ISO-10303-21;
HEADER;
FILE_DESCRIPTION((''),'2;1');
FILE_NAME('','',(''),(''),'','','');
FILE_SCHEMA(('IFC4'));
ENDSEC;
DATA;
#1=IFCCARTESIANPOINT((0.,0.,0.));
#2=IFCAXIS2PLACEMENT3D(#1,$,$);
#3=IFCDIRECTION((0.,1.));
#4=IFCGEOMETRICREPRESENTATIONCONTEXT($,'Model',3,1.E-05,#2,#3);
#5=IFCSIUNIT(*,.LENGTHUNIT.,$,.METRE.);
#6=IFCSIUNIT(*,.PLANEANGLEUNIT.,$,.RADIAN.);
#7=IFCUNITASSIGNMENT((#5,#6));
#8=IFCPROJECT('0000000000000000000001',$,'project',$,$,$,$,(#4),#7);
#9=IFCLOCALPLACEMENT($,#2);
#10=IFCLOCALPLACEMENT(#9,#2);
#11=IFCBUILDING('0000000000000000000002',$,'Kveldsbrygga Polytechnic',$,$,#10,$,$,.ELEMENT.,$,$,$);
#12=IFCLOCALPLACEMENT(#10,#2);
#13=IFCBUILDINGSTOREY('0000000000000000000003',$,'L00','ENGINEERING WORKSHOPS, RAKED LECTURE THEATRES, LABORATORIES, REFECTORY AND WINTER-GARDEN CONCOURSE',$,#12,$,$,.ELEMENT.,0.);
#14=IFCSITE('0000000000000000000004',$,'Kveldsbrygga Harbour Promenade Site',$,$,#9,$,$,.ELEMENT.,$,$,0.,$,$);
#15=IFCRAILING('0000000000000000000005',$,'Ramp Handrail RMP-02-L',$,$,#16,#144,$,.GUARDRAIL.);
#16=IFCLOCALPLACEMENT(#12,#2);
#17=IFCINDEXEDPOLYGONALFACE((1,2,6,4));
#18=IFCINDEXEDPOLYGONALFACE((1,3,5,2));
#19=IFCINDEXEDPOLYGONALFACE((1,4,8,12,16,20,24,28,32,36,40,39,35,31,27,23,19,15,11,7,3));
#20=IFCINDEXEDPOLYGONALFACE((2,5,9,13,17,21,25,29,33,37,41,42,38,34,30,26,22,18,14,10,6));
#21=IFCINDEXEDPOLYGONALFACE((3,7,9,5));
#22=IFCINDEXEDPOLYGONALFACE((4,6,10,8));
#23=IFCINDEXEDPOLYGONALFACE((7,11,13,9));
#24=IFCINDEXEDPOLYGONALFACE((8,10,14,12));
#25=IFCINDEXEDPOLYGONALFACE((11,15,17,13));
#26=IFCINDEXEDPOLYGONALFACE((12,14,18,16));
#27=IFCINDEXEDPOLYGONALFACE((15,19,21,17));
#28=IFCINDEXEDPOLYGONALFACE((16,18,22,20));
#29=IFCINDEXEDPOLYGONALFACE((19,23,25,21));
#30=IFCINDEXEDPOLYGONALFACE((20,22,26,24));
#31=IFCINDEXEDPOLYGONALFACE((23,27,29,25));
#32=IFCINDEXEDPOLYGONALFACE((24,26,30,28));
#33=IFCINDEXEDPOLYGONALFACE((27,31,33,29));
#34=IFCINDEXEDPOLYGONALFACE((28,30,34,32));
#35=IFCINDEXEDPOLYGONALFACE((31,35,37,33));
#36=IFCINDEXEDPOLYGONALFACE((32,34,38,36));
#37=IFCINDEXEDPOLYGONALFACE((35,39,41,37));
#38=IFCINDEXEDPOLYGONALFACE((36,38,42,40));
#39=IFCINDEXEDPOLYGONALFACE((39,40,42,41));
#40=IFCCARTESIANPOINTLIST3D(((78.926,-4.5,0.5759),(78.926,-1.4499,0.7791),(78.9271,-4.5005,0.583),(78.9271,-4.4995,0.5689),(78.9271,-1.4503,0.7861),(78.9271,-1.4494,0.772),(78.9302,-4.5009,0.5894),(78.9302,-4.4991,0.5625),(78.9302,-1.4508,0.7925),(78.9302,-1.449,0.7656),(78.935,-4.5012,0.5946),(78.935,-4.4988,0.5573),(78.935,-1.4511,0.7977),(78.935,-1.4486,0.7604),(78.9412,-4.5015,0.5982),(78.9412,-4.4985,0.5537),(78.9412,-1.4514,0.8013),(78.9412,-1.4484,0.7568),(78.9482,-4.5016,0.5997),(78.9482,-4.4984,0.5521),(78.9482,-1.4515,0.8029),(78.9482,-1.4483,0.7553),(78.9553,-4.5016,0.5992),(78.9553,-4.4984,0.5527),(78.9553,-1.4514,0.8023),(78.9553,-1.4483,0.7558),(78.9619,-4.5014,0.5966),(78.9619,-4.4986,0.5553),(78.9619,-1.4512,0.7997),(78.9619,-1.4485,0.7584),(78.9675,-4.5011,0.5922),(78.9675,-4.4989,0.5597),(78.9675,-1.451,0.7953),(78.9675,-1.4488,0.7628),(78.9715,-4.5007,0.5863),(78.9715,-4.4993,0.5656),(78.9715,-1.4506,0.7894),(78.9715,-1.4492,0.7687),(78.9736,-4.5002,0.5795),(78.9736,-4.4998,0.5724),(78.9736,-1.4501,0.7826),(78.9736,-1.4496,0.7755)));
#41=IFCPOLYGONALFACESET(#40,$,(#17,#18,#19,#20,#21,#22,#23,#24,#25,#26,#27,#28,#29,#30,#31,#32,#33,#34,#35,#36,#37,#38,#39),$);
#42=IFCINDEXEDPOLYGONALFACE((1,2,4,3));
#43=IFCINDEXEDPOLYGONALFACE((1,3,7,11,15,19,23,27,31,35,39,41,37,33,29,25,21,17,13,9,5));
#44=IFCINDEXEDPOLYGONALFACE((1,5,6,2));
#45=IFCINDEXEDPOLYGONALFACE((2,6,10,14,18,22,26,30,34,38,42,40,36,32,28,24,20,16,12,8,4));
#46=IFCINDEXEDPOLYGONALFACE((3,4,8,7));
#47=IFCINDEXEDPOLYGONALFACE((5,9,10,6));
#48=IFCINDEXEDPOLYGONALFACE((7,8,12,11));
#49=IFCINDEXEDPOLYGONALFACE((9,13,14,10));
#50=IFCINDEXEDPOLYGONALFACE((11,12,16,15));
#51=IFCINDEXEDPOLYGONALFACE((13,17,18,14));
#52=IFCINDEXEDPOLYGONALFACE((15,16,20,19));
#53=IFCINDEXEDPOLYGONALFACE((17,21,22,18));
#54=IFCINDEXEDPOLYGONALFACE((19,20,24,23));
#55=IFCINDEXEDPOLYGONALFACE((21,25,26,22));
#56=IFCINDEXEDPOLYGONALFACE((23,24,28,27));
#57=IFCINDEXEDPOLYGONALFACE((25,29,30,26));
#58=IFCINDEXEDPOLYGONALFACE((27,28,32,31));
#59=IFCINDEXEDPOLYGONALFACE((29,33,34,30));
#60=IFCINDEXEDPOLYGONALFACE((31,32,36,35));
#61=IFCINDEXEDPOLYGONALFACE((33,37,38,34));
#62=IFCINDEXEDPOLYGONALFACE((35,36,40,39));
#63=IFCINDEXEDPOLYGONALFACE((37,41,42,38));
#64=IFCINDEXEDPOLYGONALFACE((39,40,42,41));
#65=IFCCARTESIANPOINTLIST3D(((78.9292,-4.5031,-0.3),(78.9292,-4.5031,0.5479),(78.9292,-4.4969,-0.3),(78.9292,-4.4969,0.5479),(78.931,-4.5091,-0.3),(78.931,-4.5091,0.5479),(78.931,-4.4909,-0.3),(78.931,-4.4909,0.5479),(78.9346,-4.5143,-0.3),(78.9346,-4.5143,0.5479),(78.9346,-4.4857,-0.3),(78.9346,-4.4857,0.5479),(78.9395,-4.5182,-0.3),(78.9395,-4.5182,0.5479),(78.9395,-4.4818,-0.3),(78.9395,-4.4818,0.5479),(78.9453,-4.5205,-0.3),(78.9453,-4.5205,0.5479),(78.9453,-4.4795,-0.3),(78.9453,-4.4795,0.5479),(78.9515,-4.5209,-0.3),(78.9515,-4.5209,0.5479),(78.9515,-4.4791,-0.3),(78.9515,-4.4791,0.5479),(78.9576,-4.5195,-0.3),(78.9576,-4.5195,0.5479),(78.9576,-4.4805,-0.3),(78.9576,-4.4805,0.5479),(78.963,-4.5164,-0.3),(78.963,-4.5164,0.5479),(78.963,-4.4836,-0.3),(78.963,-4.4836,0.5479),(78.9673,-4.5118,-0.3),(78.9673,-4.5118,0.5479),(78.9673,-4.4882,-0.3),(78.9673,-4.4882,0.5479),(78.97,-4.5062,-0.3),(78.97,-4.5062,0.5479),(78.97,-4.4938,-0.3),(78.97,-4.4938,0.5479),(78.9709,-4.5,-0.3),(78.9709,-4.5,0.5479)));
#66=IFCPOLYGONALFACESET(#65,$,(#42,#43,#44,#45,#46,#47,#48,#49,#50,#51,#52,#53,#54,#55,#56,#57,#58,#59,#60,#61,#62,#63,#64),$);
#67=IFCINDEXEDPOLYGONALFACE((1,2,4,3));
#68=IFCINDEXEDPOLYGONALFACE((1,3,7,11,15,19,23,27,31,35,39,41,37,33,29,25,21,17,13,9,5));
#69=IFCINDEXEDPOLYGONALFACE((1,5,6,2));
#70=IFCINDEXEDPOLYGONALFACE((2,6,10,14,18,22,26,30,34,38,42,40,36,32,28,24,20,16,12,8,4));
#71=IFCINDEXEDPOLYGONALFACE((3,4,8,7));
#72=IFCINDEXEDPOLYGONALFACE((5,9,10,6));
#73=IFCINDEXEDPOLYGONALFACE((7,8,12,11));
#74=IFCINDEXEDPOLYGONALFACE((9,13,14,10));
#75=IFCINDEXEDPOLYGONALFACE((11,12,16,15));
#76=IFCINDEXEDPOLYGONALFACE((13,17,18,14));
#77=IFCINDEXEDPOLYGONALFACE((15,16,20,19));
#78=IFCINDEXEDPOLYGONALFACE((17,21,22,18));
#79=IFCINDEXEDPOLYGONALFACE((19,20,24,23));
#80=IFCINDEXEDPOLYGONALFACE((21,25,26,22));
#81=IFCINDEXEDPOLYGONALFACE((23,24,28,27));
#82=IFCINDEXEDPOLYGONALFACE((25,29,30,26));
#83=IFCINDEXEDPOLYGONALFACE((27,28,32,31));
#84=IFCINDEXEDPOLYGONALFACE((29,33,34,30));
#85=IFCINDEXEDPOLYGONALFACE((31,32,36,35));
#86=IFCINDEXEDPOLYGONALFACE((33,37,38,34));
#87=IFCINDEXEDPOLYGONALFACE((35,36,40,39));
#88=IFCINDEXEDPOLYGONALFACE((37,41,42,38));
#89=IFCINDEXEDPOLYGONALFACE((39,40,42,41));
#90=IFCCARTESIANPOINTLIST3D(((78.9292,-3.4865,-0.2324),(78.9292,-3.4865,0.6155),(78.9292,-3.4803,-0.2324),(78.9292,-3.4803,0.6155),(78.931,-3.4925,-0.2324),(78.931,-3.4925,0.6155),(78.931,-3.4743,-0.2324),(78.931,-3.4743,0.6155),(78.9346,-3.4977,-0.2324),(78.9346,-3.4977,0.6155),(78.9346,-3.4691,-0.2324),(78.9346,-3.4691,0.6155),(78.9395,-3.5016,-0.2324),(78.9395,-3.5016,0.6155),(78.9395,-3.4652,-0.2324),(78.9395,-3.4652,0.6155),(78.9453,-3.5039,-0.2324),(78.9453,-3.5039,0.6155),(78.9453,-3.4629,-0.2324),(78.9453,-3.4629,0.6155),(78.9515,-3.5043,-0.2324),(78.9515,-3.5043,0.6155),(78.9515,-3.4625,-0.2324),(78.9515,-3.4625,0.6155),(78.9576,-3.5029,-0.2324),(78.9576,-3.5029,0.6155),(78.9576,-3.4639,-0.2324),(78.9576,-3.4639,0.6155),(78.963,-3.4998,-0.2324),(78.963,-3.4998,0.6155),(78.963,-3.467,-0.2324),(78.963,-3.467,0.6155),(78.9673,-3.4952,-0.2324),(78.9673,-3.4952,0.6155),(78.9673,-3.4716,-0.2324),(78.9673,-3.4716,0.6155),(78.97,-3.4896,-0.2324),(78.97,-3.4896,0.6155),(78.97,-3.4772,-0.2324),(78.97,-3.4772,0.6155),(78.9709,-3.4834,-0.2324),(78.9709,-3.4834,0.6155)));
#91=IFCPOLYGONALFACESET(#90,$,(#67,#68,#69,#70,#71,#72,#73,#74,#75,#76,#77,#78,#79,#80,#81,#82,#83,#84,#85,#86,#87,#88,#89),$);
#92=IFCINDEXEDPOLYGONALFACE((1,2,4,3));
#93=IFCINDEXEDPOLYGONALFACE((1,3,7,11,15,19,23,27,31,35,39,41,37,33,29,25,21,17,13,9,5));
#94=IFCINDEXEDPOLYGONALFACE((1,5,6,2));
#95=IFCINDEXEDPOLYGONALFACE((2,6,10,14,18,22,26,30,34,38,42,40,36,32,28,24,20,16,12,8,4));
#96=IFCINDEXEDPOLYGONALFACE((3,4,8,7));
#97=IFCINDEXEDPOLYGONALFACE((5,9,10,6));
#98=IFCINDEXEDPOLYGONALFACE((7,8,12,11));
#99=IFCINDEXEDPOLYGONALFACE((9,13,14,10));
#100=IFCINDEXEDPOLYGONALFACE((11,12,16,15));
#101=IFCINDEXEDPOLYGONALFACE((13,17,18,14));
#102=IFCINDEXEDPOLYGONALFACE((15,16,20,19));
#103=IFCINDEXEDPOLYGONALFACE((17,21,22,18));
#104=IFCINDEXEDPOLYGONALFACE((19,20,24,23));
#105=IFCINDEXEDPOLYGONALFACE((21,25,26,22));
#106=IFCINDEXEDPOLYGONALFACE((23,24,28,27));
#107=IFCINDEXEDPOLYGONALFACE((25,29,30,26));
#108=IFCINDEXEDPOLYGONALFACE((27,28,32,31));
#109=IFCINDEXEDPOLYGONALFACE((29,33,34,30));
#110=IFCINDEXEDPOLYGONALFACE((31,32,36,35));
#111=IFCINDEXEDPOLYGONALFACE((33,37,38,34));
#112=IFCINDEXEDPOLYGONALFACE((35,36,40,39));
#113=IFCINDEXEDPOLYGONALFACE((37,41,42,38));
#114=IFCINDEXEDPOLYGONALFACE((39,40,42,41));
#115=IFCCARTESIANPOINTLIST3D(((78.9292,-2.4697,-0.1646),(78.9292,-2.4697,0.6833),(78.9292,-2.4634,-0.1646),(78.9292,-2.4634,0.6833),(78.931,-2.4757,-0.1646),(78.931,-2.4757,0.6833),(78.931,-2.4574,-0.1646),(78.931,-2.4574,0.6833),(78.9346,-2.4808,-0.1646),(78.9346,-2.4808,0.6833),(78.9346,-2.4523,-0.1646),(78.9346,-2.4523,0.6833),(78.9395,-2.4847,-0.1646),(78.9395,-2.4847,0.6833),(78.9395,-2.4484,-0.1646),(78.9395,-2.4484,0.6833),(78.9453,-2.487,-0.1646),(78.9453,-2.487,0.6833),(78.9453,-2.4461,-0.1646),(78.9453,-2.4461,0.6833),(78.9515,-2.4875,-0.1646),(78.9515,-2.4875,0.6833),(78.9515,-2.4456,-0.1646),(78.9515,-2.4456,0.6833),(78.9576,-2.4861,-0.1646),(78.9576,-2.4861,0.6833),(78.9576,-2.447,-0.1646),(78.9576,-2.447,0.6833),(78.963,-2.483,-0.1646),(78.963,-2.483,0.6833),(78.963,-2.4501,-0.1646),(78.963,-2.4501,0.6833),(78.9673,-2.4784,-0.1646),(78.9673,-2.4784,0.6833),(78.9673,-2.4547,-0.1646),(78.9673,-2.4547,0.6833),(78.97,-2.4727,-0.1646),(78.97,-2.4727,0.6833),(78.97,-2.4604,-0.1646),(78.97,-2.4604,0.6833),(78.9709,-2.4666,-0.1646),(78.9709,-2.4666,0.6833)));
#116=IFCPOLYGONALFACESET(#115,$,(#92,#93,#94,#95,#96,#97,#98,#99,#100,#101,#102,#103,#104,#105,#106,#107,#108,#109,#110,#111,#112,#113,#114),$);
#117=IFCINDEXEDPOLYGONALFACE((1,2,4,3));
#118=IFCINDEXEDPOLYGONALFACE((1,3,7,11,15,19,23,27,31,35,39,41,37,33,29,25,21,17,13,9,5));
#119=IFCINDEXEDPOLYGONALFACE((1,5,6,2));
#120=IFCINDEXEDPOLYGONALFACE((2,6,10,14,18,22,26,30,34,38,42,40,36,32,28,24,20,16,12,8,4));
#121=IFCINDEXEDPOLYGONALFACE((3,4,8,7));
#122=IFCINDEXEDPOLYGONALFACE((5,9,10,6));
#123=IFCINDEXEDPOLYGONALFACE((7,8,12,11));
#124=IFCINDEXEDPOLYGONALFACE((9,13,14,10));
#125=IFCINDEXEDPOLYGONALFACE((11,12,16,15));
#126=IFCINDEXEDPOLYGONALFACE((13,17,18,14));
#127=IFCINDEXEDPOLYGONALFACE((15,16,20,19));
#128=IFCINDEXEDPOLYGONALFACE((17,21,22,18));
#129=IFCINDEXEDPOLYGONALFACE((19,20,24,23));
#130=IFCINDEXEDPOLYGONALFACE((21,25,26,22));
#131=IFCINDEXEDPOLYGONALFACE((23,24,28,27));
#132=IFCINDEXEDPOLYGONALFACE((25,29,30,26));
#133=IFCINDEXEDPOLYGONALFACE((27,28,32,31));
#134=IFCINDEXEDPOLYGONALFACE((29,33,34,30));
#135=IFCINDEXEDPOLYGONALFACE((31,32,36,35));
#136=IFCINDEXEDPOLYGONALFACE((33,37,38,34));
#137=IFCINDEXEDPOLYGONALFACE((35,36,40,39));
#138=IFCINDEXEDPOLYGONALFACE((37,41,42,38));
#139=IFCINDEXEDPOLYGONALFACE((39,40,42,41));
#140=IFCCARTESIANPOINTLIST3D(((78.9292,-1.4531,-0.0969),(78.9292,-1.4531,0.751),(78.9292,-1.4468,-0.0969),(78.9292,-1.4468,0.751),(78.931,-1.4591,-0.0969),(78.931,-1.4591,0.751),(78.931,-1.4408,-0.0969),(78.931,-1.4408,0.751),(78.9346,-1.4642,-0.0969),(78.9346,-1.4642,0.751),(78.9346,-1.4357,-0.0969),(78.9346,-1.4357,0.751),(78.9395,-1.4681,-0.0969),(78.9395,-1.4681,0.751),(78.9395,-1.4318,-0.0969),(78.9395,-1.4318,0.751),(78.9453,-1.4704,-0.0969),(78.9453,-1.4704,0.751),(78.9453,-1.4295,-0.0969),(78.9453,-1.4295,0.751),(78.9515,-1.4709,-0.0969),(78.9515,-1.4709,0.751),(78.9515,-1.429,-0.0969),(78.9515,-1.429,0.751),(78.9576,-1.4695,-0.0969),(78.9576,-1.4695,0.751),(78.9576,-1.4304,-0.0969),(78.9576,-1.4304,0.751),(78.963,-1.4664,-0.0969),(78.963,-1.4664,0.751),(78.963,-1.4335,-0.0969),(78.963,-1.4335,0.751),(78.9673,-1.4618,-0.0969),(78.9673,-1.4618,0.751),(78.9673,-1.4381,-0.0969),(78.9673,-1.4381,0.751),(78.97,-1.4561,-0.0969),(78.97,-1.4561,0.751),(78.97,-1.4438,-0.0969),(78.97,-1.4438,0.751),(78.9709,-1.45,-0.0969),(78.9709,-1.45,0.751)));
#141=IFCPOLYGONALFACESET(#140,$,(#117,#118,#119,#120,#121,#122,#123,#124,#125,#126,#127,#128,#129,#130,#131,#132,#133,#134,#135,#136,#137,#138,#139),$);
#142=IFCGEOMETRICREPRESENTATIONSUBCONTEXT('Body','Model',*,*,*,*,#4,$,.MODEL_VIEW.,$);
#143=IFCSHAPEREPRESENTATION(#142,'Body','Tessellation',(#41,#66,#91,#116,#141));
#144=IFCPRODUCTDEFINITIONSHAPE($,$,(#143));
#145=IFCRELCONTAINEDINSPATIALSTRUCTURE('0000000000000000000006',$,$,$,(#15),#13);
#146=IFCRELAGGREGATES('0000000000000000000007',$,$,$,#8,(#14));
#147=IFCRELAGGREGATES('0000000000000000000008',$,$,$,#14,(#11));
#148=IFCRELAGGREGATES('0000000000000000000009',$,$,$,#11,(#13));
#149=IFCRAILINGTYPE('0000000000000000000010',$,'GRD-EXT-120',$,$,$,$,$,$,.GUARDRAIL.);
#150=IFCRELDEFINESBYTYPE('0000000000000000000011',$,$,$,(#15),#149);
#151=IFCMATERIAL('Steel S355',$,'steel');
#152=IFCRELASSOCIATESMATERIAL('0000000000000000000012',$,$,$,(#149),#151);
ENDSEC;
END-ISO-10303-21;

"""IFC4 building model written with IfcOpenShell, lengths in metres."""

from ifc_helpers import new_model, si_unit, direction, frame, origin, origin_2d, place, context, subcontext, project, spatial, circle, extrude, material, type_object, element, save


model = new_model("IFC4")

# Units and contexts
model_context = context("Model", 3, precision=1e-05, world=origin(), true_north=direction((0.0, 1.0)))
body_context = subcontext(model_context, "Body", "Model", "MODEL_VIEW")
ifc_project = project(units=[si_unit("LENGTHUNIT", "METRE"), si_unit("PLANEANGLEUNIT", "RADIAN")], contexts=[model_context])

# Site, building, storey
site_placement = place(None, origin())
site = spatial("IfcSite", under=ifc_project, at=site_placement, Name="Kveldsbrygga Harbour Promenade Site", CompositionType="ELEMENT", RefElevation=0.0)
building_placement = place(site_placement, origin())
building = spatial("IfcBuilding", under=site, at=building_placement, Name="Kveldsbrygga Polytechnic", CompositionType="ELEMENT")
storey_placement = place(building_placement, origin())
storey = spatial("IfcBuildingStorey", under=building, at=storey_placement, Name="L00", Description="ENGINEERING WORKSHOPS, RAKED LECTURE THEATRES, LABORATORIES, REFECTORY AND WINTER-GARDEN CONCOURSE", CompositionType="ELEMENT", Elevation=0.0)

# Shared definitions
ifc_material_1 = material(Name="Steel S355", Category="steel")

# Railing
railing_type = type_object("IfcRailingType", Name="GRD-EXT-120", PredefinedType="GUARDRAIL", material=ifc_material_1)
for number, where, name in (
    (1, (78.95, -4.5, -0.3), "Ramp Handrail RMP-02-L"),
):
    element("IfcRailing", number, at=place(storey_placement, frame(where)), inside=storey, type_object=railing_type, Name=name, PredefinedType="GUARDRAIL", context=body_context, shape_type="SweptSolid", body=[
        extrude(circle(Radius=0.0239, at=origin_2d()), frame((0.0, 0.0, 0.876), z_axis=(0.0, 0.99779, 0.06645), x_axis=(-1.0, 0.0, 0.0)), (0.0, 0.0, 1.0), 3.0569),
        extrude(circle(Radius=0.021, at=origin_2d()), origin(), (0.0, 0.0, 1.0), 0.8479),
        extrude(circle(Radius=0.021, at=origin_2d()), frame((0.0, 1.0166, 0.0676)), (0.0, 0.0, 1.0), 0.8479),
        extrude(circle(Radius=0.021, at=origin_2d()), frame((0.0, 2.0334, 0.1355)), (0.0, 0.0, 1.0), 0.8479),
        extrude(circle(Radius=0.021, at=origin_2d()), frame((0.0, 3.05, 0.2031)), (0.0, 0.0, 1.0), 0.8479),
    ])

save(model, "model.ifc")
